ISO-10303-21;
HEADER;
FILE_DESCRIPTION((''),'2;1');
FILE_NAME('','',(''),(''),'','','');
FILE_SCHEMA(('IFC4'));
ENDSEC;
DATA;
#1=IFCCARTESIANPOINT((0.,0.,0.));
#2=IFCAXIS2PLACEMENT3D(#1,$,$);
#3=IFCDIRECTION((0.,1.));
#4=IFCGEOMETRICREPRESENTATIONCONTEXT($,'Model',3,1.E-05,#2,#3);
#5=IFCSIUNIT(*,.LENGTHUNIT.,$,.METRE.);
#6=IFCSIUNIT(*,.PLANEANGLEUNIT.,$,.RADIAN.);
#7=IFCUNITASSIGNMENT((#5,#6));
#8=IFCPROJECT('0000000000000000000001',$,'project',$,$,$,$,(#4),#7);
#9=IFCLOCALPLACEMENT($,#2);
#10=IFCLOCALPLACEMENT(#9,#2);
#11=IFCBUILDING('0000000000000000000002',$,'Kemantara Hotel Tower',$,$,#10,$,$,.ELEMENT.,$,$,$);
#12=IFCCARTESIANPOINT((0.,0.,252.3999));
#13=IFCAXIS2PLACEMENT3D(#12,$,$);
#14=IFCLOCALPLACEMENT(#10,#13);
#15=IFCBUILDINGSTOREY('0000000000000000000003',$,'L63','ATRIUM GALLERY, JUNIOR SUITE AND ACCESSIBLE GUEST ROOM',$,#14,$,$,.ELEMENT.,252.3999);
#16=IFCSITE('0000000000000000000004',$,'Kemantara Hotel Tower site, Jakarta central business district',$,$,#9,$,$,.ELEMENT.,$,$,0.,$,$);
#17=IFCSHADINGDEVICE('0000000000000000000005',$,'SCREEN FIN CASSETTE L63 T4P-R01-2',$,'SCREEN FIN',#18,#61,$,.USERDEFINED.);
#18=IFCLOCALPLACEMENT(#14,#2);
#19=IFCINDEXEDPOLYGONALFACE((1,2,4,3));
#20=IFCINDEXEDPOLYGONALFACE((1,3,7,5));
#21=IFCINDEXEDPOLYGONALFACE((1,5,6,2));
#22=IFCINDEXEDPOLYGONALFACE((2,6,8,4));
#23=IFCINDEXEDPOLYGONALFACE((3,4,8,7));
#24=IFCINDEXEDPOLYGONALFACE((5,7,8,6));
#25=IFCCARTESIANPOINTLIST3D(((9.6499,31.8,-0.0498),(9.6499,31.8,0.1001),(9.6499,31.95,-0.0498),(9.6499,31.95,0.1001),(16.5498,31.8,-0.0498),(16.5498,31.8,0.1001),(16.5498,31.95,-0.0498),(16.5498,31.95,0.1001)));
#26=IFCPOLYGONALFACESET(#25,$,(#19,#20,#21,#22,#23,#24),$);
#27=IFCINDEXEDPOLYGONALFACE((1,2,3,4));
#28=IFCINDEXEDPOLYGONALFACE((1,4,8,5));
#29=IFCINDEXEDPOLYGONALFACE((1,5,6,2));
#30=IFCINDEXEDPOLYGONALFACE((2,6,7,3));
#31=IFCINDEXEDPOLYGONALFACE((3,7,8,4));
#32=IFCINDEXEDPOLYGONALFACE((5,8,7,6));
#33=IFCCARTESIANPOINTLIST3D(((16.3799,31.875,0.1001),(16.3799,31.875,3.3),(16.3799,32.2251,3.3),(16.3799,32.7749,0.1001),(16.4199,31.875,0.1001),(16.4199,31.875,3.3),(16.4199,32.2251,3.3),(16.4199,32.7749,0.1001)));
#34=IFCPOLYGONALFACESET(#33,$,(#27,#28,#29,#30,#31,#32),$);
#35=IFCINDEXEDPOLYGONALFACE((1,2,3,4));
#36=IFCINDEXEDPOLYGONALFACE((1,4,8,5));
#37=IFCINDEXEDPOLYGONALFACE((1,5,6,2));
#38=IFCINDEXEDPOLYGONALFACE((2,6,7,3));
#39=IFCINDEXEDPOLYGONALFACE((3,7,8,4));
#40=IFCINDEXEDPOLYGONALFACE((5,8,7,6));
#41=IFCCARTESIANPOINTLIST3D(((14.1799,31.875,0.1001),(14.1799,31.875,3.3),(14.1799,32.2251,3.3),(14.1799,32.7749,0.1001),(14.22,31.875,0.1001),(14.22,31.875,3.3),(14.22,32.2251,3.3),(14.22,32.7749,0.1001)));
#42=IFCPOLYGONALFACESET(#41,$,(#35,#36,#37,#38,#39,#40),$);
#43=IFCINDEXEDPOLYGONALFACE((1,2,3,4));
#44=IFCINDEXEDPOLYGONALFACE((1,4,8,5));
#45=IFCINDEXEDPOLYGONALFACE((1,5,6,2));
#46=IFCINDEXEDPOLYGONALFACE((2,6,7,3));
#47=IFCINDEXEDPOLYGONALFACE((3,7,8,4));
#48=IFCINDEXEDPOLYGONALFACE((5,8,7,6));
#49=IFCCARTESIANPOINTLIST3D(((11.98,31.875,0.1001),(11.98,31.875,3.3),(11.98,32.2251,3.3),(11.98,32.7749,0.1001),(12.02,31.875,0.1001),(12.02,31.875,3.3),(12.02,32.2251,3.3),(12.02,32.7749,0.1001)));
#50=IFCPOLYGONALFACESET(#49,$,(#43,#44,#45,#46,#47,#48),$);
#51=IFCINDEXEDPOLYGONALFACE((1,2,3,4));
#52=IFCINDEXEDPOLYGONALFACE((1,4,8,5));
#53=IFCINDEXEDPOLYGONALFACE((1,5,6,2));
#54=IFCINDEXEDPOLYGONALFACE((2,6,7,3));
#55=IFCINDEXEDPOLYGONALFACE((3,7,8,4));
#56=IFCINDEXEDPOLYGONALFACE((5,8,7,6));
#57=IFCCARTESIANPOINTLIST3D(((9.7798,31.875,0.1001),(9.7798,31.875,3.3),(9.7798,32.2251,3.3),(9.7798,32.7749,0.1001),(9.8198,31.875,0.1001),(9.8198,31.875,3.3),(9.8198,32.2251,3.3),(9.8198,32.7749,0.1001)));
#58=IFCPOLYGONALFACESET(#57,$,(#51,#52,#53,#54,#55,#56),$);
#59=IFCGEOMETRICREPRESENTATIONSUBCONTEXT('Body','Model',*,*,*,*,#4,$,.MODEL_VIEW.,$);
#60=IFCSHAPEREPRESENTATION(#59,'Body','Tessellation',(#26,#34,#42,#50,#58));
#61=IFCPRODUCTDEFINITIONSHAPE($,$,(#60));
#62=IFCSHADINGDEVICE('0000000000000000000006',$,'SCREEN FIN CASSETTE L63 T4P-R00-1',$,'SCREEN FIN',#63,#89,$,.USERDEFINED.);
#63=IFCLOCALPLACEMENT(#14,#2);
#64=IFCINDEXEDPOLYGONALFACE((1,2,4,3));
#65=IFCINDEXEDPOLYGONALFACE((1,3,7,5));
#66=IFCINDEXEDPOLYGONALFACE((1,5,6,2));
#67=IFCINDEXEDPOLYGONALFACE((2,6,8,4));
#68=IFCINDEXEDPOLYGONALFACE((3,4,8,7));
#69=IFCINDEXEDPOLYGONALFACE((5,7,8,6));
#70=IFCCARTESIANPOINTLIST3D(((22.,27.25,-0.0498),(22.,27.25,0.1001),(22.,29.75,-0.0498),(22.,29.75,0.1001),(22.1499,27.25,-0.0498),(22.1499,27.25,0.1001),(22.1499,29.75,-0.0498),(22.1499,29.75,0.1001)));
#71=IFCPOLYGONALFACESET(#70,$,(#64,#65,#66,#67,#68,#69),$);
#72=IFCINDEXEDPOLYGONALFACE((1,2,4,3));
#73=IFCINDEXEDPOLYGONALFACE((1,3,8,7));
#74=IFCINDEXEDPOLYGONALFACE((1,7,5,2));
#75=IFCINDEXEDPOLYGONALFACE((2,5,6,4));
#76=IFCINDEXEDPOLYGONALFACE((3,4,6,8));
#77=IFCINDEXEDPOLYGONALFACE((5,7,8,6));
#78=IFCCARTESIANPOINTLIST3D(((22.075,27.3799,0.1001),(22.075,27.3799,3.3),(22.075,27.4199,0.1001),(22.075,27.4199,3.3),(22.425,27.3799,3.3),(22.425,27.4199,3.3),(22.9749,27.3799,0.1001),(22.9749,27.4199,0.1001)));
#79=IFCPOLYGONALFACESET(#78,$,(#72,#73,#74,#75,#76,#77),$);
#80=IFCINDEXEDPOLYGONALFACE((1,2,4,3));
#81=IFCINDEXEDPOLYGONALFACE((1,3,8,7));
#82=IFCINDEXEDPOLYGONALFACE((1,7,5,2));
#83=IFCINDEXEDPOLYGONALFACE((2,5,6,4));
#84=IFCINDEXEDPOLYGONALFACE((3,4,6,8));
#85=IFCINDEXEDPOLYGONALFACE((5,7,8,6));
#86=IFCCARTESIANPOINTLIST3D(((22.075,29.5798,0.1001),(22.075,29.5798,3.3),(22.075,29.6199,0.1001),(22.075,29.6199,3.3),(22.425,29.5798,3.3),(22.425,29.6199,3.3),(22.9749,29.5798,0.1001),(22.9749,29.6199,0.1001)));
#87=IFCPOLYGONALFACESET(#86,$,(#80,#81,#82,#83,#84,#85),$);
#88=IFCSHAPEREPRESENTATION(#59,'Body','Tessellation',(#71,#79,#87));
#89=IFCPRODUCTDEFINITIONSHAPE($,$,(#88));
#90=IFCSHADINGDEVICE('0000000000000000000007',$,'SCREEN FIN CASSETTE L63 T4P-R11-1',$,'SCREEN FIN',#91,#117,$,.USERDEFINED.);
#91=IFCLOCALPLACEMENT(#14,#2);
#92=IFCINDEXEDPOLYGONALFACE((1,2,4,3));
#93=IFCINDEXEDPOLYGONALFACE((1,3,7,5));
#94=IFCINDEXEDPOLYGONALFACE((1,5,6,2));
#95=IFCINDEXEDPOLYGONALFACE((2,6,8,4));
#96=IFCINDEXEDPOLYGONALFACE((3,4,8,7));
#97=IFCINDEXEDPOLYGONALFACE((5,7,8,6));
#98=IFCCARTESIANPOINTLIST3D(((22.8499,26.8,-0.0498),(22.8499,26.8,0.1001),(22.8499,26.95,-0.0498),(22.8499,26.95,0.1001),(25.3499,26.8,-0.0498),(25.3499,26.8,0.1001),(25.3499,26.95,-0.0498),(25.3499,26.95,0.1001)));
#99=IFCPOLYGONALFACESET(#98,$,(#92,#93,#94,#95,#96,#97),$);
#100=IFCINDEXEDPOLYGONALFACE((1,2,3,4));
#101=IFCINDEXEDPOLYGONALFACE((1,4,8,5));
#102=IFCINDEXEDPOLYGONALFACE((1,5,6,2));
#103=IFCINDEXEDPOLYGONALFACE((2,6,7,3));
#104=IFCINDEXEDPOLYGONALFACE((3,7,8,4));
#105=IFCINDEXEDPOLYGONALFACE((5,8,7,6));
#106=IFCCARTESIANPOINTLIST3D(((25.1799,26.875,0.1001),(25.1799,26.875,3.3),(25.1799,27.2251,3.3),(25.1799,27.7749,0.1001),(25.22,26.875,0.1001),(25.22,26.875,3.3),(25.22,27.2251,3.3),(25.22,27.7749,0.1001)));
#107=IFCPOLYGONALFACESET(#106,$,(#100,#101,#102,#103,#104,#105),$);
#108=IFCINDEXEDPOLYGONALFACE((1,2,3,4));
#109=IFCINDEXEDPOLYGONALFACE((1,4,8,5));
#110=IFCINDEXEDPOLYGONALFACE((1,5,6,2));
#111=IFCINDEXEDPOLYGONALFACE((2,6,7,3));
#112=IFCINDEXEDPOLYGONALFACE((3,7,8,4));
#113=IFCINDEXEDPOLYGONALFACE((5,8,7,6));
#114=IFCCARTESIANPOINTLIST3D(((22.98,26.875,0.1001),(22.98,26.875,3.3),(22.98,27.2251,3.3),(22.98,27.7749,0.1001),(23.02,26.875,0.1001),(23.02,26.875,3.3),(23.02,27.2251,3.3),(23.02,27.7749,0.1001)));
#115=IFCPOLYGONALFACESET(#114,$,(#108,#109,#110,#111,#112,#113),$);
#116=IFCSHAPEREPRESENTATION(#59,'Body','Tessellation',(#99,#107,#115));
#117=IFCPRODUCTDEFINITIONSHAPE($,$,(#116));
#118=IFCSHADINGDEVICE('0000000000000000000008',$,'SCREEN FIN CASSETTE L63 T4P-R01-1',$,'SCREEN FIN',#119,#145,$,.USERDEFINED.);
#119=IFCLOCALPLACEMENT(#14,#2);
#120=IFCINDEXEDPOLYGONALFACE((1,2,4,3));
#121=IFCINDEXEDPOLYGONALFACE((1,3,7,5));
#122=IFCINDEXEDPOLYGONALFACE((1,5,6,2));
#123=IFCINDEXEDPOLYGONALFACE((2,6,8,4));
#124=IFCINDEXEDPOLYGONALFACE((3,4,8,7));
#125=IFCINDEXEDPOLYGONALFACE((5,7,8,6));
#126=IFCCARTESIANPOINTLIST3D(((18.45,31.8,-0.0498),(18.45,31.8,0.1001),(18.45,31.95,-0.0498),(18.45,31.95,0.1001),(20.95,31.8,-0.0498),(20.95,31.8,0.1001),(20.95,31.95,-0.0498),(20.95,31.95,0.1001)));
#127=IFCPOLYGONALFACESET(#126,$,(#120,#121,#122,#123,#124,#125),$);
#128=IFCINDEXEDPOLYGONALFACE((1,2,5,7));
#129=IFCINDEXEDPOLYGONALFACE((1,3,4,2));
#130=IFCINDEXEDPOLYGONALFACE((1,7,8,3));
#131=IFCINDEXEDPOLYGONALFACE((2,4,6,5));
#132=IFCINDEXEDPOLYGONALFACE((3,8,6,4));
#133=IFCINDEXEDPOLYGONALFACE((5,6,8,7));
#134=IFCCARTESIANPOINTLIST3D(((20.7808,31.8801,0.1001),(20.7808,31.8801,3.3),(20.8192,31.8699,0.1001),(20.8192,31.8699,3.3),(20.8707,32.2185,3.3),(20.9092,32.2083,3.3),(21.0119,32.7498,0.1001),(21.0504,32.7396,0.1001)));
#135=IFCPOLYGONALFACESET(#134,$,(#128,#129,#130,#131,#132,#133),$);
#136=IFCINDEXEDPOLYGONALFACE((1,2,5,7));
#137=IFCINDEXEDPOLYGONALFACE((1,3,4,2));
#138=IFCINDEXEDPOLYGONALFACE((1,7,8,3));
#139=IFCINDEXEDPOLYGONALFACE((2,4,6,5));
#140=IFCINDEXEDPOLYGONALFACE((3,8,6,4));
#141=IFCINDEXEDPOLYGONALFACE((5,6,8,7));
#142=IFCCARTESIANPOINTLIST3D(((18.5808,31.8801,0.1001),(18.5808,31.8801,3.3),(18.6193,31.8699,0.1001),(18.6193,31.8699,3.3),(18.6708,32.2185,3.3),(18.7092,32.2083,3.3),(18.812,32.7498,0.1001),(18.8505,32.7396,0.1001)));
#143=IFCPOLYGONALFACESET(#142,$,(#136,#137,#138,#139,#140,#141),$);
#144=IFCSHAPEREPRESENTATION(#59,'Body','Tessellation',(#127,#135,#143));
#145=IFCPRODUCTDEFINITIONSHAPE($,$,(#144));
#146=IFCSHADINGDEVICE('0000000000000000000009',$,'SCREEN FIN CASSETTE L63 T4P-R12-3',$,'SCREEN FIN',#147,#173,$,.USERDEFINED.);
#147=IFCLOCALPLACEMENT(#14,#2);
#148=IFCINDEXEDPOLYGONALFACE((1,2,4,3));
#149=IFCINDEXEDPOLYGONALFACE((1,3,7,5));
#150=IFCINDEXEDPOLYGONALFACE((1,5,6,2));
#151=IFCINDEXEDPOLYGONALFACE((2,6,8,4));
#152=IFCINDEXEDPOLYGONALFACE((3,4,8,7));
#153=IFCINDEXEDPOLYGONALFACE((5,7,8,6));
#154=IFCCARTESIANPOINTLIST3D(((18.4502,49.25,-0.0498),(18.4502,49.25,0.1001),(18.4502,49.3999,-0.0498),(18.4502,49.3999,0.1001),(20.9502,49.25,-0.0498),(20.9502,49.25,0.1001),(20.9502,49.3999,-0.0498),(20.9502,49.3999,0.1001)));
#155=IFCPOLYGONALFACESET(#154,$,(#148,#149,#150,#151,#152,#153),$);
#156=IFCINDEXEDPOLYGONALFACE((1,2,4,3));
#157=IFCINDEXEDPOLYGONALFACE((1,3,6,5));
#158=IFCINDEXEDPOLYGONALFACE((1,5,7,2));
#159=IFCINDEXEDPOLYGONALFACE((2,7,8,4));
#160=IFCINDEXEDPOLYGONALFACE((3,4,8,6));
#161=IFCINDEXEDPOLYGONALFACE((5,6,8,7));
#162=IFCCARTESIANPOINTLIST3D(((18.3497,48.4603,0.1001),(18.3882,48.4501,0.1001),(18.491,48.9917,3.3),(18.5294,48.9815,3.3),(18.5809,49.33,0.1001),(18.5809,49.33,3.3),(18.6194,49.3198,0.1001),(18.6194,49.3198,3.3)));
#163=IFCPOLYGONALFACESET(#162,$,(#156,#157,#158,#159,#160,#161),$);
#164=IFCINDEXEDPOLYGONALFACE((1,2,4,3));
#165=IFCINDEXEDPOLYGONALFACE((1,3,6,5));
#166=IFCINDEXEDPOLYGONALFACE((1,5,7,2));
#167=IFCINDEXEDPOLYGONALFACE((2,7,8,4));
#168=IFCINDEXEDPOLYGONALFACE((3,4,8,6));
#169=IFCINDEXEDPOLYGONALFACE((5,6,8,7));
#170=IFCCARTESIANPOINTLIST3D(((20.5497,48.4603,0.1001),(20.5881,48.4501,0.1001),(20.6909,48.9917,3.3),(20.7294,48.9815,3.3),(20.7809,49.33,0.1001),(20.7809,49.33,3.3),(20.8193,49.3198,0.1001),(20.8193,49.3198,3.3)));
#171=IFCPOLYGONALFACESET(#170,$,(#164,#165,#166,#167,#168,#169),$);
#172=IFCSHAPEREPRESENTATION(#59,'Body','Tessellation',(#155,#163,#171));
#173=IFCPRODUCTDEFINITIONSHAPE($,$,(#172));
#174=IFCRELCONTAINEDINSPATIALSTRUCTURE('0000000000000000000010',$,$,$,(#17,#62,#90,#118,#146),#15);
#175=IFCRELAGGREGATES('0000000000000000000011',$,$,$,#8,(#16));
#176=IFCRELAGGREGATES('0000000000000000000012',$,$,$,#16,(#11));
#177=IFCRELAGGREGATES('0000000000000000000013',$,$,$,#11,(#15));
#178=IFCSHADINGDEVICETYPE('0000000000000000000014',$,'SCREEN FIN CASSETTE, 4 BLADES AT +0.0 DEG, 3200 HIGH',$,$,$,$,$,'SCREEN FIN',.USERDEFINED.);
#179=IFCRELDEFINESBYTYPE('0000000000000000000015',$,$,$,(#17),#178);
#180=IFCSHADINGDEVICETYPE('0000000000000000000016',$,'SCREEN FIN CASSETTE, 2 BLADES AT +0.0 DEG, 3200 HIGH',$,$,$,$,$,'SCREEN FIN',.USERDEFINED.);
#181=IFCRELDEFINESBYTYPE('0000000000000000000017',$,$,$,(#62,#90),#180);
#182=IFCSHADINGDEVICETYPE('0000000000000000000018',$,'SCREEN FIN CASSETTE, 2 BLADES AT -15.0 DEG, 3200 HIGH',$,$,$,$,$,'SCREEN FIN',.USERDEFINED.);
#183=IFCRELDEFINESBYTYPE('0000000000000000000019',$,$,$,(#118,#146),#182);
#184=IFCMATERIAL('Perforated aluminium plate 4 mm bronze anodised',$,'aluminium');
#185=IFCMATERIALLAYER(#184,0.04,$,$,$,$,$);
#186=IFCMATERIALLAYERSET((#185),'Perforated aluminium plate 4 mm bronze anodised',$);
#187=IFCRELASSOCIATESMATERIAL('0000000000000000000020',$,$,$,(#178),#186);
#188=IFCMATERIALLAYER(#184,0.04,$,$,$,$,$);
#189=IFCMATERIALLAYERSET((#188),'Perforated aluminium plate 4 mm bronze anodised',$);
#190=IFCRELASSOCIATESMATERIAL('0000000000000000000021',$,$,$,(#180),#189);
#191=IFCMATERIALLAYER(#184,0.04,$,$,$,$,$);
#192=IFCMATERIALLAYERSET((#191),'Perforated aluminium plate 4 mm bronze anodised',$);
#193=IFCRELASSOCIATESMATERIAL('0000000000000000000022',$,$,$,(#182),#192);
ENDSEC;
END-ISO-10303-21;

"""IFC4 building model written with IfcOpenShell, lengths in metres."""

from ifc_helpers import new_model, si_unit, direction, frame, origin, origin_2d, place, context, subcontext, project, spatial, polyline, rectangle, outline, extrude, source, transform, mapped, material, layer, layer_set, type_object, element, save


model = new_model("IFC4")

# Units and contexts
model_context = context("Model", 3, precision=1e-05, world=origin(), true_north=direction((0.0, 1.0)))
body_context = subcontext(model_context, "Body", "Model", "MODEL_VIEW")
ifc_project = project(units=[si_unit("LENGTHUNIT", "METRE"), si_unit("PLANEANGLEUNIT", "RADIAN")], contexts=[model_context])

# Site, building, storey
site_placement = place(None, origin())
site = spatial("IfcSite", under=ifc_project, at=site_placement, Name="Kemantara Hotel Tower site, Jakarta central business district", CompositionType="ELEMENT", RefElevation=0.0)
building_placement = place(site_placement, origin())
building = spatial("IfcBuilding", under=site, at=building_placement, Name="Kemantara Hotel Tower", CompositionType="ELEMENT")
storey_placement = place(building_placement, frame((0.0, 0.0, 252.3999)))
storey = spatial("IfcBuildingStorey", under=building, at=storey_placement, Name="L63", Description="ATRIUM GALLERY, JUNIOR SUITE AND ACCESSIBLE GUEST ROOM", CompositionType="ELEMENT", Elevation=252.3999)

# Shading devices
ifc_material_1 = material(Name="Perforated aluminium plate 4 mm bronze anodised", Category="aluminium")
ifc_layer_1 = layer(ifc_material_1, 0.04)
ifc_layer_set_1 = layer_set([ifc_layer_1], Name="Perforated aluminium plate 4 mm bronze anodised")
shading_device_type_1 = type_object("IfcShadingDeviceType", Name="SCREEN FIN CASSETTE, 4 BLADES AT +0.0 DEG, 3200 HIGH", ElementType="SCREEN FIN", PredefinedType="USERDEFINED", material=ifc_layer_set_1)
shared_shape_1 = source(origin(), body_context, "Body", "SweptSolid", [
    extrude(rectangle(XDim=6.8999, YDim=0.1499, at=origin_2d()), frame((3.3, -0.075, -0.1499), z_axis=(0.0, 0.0, 1.0), x_axis=(1.0, 0.0, 0.0)), (0.0, 0.0, 1.0), 0.1499),
    extrude(outline(polyline([(0.0, 0.0), (0.8999, 0.0), (0.3501, 3.2), (0.0, 3.2), (0.0, 0.0)])), frame((0.02, -0.075, 0.0), z_axis=(-1.0, 0.0, 0.0), x_axis=(0.0, -1.0, 0.0)), (0.0, 0.0, 1.0), 0.04),
    extrude(outline(polyline([(0.0, 0.0), (0.8999, 0.0), (0.3501, 3.2), (0.0, 3.2), (0.0, 0.0)])), frame((2.22, -0.075, 0.0), z_axis=(-1.0, 0.0, 0.0), x_axis=(0.0, -1.0, 0.0)), (0.0, 0.0, 1.0), 0.04),
    extrude(outline(polyline([(0.0, 0.0), (0.8999, 0.0), (0.3501, 3.2), (0.0, 3.2), (0.0, 0.0)])), frame((4.4199, -0.075, 0.0), z_axis=(-1.0, 0.0, 0.0), x_axis=(0.0, -1.0, 0.0)), (0.0, 0.0, 1.0), 0.04),
    extrude(outline(polyline([(0.0, 0.0), (0.8999, 0.0), (0.3501, 3.2), (0.0, 3.2), (0.0, 0.0)])), frame((6.6201, -0.075, 0.0), z_axis=(-1.0, 0.0, 0.0), x_axis=(0.0, -1.0, 0.0)), (0.0, 0.0, 1.0), 0.04),
])
shading_device_placement = place(storey_placement, frame((16.3999, 31.8, 0.1001), z_axis=(0.0, 0.0, 1.0), x_axis=(-1.0, 0.0, 0.0)))
element("IfcShadingDevice", 1, at=shading_device_placement, inside=storey, type_object=shading_device_type_1, Name="SCREEN FIN CASSETTE L63 T4P-R01-2", ObjectType="SCREEN FIN", PredefinedType="USERDEFINED", context=body_context, shape_type="MappedRepresentation", body=[
    mapped(shared_shape_1, transform((0.0, 0.0, 0.0))),
])
ifc_layer_2 = layer(ifc_material_1, 0.04)
ifc_layer_set_2 = layer_set([ifc_layer_2], Name="Perforated aluminium plate 4 mm bronze anodised")
shading_device_type_2 = type_object("IfcShadingDeviceType", Name="SCREEN FIN CASSETTE, 2 BLADES AT +0.0 DEG, 3200 HIGH", ElementType="SCREEN FIN", PredefinedType="USERDEFINED", material=ifc_layer_set_2)
shared_shape_2 = source(origin(), body_context, "Body", "SweptSolid", [
    extrude(rectangle(XDim=2.5, YDim=0.1499, at=origin_2d()), frame((1.1001, -0.075, -0.1499), z_axis=(0.0, 0.0, 1.0), x_axis=(1.0, 0.0, 0.0)), (0.0, 0.0, 1.0), 0.1499),
    extrude(outline(polyline([(0.0, 0.0), (0.8999, 0.0), (0.3501, 3.2), (0.0, 3.2), (0.0, 0.0)])), frame((0.02, -0.075, 0.0), z_axis=(-1.0, 0.0, 0.0), x_axis=(0.0, -1.0, 0.0)), (0.0, 0.0, 1.0), 0.04),
    extrude(outline(polyline([(0.0, 0.0), (0.8999, 0.0), (0.3501, 3.2), (0.0, 3.2), (0.0, 0.0)])), frame((2.22, -0.075, 0.0), z_axis=(-1.0, 0.0, 0.0), x_axis=(0.0, -1.0, 0.0)), (0.0, 0.0, 1.0), 0.04),
])
for number, where, z_axis, x_axis, name in (
    (2, (22.0, 27.3999, 0.1001), (0.0, 0.0, 1.0), (0.0, 1.0, 0.0), "SCREEN FIN CASSETTE L63 T4P-R00-1"),
    (3, (25.2, 26.8, 0.1001), (0.0, 0.0, 1.0), (-1.0, 0.0, 0.0), "SCREEN FIN CASSETTE L63 T4P-R11-1"),
):
    element("IfcShadingDevice", number, at=place(storey_placement, frame(where, z_axis=z_axis, x_axis=x_axis)), inside=storey, type_object=shading_device_type_2, Name=name, ObjectType="SCREEN FIN", PredefinedType="USERDEFINED", context=body_context, shape_type="MappedRepresentation", body=[
        mapped(shared_shape_2, transform((0.0, 0.0, 0.0))),
    ])
ifc_layer_3 = layer(ifc_material_1, 0.04)
ifc_layer_set_3 = layer_set([ifc_layer_3], Name="Perforated aluminium plate 4 mm bronze anodised")
shading_device_type_3 = type_object("IfcShadingDeviceType", Name="SCREEN FIN CASSETTE, 2 BLADES AT -15.0 DEG, 3200 HIGH", ElementType="SCREEN FIN", PredefinedType="USERDEFINED", material=ifc_layer_set_3)
shared_shape_3 = source(origin(), body_context, "Body", "SweptSolid", [
    extrude(rectangle(XDim=2.5, YDim=0.1499, at=origin_2d()), frame((1.1001, -0.075, -0.1499), z_axis=(0.0, 0.0, 1.0), x_axis=(1.0, 0.0, 0.0)), (0.0, 0.0, 1.0), 0.1499),
    extrude(outline(polyline([(0.0, 0.0), (0.8999, 0.0), (0.3501, 3.2), (0.0, 3.2), (0.0, 0.0)])), frame((0.0193, -0.0801, 0.0), z_axis=(-0.966438, 0.256901, 0.0), x_axis=(-0.256901, -0.966438, 0.0)), (0.0, 0.0, 1.0), 0.0398),
    extrude(outline(polyline([(0.0, 0.0), (0.8999, 0.0), (0.3501, 3.2), (0.0, 3.2), (0.0, 0.0)])), frame((2.2192, -0.0801, 0.0), z_axis=(-0.966438, 0.256901, 0.0), x_axis=(-0.256901, -0.966438, 0.0)), (0.0, 0.0, 1.0), 0.0398),
])
for number, where, z_axis, x_axis, name in (
    (4, (20.8, 31.8, 0.1001), (0.0, 0.0, 1.0), (-1.0, 0.0, 0.0), "SCREEN FIN CASSETTE L63 T4P-R01-1"),
    (5, (18.6001, 49.3999, 0.1001), (0.0, 0.0, 1.0), (1.0, 0.0, 0.0), "SCREEN FIN CASSETTE L63 T4P-R12-3"),
):
    element("IfcShadingDevice", number, at=place(storey_placement, frame(where, z_axis=z_axis, x_axis=x_axis)), inside=storey, type_object=shading_device_type_3, Name=name, ObjectType="SCREEN FIN", PredefinedType="USERDEFINED", context=body_context, shape_type="MappedRepresentation", body=[
        mapped(shared_shape_3, transform((0.0, 0.0, 0.0))),
    ])

save(model, "model.ifc")
